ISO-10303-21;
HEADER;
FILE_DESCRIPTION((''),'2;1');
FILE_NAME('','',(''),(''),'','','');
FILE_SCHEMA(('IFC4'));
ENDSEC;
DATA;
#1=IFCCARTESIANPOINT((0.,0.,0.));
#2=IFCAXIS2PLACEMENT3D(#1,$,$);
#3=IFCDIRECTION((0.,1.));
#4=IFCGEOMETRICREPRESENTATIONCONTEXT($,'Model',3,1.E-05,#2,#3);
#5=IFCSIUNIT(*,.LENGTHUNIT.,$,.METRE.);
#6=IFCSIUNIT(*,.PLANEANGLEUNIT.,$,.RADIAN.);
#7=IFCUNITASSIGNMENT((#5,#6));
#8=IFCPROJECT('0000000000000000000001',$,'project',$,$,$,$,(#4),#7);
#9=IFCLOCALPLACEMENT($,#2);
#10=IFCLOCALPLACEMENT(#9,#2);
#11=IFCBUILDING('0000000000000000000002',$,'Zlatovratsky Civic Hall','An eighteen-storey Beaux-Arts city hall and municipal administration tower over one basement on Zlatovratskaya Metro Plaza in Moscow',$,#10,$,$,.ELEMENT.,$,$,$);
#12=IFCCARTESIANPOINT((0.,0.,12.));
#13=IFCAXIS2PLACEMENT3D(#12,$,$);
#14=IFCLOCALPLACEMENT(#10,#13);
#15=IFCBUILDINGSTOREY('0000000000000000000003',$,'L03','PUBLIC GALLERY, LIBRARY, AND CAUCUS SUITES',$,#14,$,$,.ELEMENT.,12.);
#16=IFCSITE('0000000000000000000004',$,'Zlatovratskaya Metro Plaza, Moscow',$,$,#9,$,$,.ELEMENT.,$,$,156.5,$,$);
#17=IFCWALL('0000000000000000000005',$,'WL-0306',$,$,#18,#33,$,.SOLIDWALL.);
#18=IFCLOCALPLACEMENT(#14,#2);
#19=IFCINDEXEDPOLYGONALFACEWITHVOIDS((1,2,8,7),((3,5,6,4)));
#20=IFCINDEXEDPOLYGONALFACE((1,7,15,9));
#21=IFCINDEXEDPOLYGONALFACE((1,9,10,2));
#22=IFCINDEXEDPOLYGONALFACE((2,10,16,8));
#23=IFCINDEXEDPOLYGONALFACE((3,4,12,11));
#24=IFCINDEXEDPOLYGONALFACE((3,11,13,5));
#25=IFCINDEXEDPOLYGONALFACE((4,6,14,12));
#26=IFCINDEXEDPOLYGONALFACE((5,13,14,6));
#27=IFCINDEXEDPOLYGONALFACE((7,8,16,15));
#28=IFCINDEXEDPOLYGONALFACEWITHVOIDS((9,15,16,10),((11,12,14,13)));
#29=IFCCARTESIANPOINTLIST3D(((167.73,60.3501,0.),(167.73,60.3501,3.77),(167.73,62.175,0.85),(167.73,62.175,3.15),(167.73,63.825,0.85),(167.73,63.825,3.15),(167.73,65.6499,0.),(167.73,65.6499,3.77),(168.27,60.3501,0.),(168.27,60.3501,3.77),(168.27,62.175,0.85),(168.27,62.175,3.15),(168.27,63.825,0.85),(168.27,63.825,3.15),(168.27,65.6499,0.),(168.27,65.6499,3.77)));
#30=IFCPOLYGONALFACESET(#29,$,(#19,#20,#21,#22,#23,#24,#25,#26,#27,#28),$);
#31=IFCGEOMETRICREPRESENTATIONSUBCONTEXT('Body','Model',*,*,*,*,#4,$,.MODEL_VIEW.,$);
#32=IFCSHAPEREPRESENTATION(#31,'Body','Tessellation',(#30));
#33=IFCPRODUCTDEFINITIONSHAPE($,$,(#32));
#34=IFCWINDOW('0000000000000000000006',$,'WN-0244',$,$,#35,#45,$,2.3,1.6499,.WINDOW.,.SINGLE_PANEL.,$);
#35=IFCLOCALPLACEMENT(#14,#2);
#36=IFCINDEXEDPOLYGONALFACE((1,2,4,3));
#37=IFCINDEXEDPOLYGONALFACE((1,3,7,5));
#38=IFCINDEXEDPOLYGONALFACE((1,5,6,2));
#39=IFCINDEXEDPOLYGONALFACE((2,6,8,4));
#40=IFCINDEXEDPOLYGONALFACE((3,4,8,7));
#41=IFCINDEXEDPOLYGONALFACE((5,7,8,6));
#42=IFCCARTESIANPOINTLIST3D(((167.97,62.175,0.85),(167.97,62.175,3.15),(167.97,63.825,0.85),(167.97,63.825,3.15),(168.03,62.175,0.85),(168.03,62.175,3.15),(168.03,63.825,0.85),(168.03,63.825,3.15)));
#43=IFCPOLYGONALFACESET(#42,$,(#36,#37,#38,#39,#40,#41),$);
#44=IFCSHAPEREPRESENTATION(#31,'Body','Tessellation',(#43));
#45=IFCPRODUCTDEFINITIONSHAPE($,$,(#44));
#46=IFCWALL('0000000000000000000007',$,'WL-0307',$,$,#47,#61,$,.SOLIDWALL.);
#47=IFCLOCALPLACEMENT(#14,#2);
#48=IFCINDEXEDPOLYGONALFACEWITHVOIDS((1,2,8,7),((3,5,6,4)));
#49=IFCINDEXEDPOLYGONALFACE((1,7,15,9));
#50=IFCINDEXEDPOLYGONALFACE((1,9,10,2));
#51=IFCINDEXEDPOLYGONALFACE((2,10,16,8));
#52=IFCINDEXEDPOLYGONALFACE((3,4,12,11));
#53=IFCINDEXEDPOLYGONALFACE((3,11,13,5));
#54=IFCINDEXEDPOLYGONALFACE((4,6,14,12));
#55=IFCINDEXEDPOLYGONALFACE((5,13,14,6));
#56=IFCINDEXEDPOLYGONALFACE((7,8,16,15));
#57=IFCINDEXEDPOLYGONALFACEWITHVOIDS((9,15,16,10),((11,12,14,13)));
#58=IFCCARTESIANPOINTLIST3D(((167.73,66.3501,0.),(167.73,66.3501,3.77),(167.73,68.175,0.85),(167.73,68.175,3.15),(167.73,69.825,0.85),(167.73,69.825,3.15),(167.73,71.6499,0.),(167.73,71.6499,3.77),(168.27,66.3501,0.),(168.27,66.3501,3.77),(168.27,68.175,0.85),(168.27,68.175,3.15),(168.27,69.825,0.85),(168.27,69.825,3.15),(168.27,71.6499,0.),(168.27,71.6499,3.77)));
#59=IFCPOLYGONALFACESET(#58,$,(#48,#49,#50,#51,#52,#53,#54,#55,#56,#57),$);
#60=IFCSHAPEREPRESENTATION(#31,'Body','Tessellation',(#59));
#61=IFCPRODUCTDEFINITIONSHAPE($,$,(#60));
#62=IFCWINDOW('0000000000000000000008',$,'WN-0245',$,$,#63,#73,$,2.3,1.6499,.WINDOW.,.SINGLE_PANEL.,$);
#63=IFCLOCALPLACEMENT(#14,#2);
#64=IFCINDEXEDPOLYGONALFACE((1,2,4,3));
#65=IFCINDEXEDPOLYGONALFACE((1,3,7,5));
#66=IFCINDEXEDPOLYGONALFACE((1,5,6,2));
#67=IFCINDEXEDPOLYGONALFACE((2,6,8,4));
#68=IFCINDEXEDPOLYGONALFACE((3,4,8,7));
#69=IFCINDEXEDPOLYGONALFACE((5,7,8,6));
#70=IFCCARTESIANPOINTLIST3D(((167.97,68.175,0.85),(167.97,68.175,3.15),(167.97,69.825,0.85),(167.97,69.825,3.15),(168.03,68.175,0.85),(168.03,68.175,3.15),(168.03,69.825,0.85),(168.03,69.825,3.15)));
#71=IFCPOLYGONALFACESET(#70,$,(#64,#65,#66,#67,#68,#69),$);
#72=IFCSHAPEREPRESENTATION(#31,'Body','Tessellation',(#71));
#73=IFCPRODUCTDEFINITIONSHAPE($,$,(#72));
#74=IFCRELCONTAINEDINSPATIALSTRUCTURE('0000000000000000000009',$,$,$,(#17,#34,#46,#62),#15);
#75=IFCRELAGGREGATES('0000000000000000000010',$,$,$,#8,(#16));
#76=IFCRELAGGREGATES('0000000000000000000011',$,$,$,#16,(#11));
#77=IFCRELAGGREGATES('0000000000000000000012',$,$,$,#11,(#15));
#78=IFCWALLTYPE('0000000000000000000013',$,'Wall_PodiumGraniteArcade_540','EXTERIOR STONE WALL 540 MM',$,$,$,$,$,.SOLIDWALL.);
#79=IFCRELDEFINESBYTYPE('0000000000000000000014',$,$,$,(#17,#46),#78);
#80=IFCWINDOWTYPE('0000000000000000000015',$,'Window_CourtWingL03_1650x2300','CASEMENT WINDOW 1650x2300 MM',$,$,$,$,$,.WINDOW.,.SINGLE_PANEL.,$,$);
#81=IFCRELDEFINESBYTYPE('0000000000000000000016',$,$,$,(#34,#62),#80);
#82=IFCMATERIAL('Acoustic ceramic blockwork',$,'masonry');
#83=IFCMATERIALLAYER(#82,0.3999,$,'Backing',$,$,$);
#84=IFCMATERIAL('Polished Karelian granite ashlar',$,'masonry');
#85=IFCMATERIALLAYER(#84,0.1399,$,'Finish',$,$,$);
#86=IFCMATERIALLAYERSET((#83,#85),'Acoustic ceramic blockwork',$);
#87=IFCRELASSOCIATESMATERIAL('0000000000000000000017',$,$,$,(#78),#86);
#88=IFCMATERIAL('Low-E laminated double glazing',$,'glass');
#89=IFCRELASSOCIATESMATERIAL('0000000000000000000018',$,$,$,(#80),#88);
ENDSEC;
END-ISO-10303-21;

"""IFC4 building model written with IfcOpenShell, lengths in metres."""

from ifc_helpers import new_model, si_unit, direction, frame, frame_2d, origin, place, context, subcontext, project, spatial, rectangle, extrude, material, layer, layer_set, type_object, element, fill, save


model = new_model("IFC4")

# Units and contexts
model_context = context("Model", 3, precision=1e-05, world=origin(), true_north=direction((0.0, 1.0)))
body_context = subcontext(model_context, "Body", "Model", "MODEL_VIEW")
ifc_project = project(units=[si_unit("LENGTHUNIT", "METRE"), si_unit("PLANEANGLEUNIT", "RADIAN")], contexts=[model_context])

# Site, building, storey
site_placement = place(None, origin())
site = spatial("IfcSite", under=ifc_project, at=site_placement, Name="Zlatovratskaya Metro Plaza, Moscow", CompositionType="ELEMENT", RefElevation=156.5)
building_placement = place(site_placement, origin())
building = spatial("IfcBuilding", under=site, at=building_placement, Name="Zlatovratsky Civic Hall", Description="An eighteen-storey Beaux-Arts city hall and municipal administration tower over one basement on Zlatovratskaya Metro Plaza in Moscow", CompositionType="ELEMENT")
storey_placement = place(building_placement, frame((0.0, 0.0, 12.0)))
storey = spatial("IfcBuildingStorey", under=building, at=storey_placement, Name="L03", Description="PUBLIC GALLERY, LIBRARY, AND CAUCUS SUITES", CompositionType="ELEMENT", Elevation=12.0)

# Walls, openings, windows
ifc_material_1 = material(Name="Acoustic ceramic blockwork", Category="masonry")
ifc_layer_1 = layer(ifc_material_1, 0.3999, Name="Backing")
ifc_material_2 = material(Name="Polished Karelian granite ashlar", Category="masonry")
ifc_layer_2 = layer(ifc_material_2, 0.1399, Name="Finish")
ifc_layer_set = layer_set([ifc_layer_1, ifc_layer_2], Name="Acoustic ceramic blockwork")
wall_type = type_object("IfcWallType", Name="Wall_PodiumGraniteArcade_540", Description="EXTERIOR STONE WALL 540 MM", PredefinedType="SOLIDWALL", material=ifc_layer_set)
wall_1_placement = place(storey_placement, frame((168.0, 60.3501, 0.0), z_axis=(0.0, 0.0, 1.0), x_axis=(0.0, 1.0, 0.0)))
wall_1 = element("IfcWall", 1, at=wall_1_placement, inside=storey, type_object=wall_type, Name="WL-0306", PredefinedType="SOLIDWALL", context=body_context, shape_type="SweptSolid", body=[
    extrude(rectangle(XDim=5.2998, YDim=0.54, at=frame_2d((2.6499, 0.0))), origin(), (0.0, 0.0, 1.0), 3.77),
])
opening_1_placement = place(wall_1_placement, frame((1.825, 0.0, 0.8501)))
opening_1 = element("IfcOpeningElement", 2, at=opening_1_placement, cuts=wall_1, PredefinedType="OPENING", context=body_context, shape_type="SweptSolid", body=[
    extrude(rectangle(XDim=1.6499, YDim=2.3, at=frame_2d((0.825, 1.1499))), frame((0.0, 0.2849, 0.0), z_axis=(0.0, -1.0, 0.0), x_axis=(1.0, 0.0, 0.0)), (0.0, 0.0, 1.0), 0.5698),
])
ifc_material_3 = material(Name="Low-E laminated double glazing", Category="glass")
window_type = type_object("IfcWindowType", Name="Window_CourtWingL03_1650x2300", Description="CASEMENT WINDOW 1650x2300 MM", PartitioningType="SINGLE_PANEL", PredefinedType="WINDOW", material=ifc_material_3)
window_1_placement = place(opening_1_placement, origin())
window_1 = element("IfcWindow", 3, at=window_1_placement, inside=storey, type_object=window_type, Name="WN-0244", OverallHeight=2.3, OverallWidth=1.6499, PartitioningType="SINGLE_PANEL", PredefinedType="WINDOW", context=body_context, shape_type="SweptSolid", body=[
    extrude(rectangle(XDim=1.6499, YDim=2.3, at=frame_2d((0.825, 1.1499))), frame((0.0, 0.03, 0.0), z_axis=(0.0, -1.0, 0.0), x_axis=(1.0, 0.0, 0.0)), (0.0, 0.0, 1.0), 0.0601),
])
fill(opening_1, window_1)
wall_2_placement = place(storey_placement, frame((168.0, 66.3501, 0.0), z_axis=(0.0, 0.0, 1.0), x_axis=(0.0, 1.0, 0.0)))
wall_2 = element("IfcWall", 4, at=wall_2_placement, inside=storey, type_object=wall_type, Name="WL-0307", PredefinedType="SOLIDWALL", context=body_context, shape_type="SweptSolid", body=[
    extrude(rectangle(XDim=5.2998, YDim=0.54, at=frame_2d((2.6499, 0.0))), origin(), (0.0, 0.0, 1.0), 3.77),
])
opening_2_placement = place(wall_2_placement, frame((1.825, 0.0, 0.8501)))
opening_2 = element("IfcOpeningElement", 5, at=opening_2_placement, cuts=wall_2, PredefinedType="OPENING", context=body_context, shape_type="SweptSolid", body=[
    extrude(rectangle(XDim=1.6499, YDim=2.3, at=frame_2d((0.825, 1.1499))), frame((0.0, 0.2849, 0.0), z_axis=(0.0, -1.0, 0.0), x_axis=(1.0, 0.0, 0.0)), (0.0, 0.0, 1.0), 0.5698),
])
window_2_placement = place(opening_2_placement, origin())
window_2 = element("IfcWindow", 6, at=window_2_placement, inside=storey, type_object=window_type, Name="WN-0245", OverallHeight=2.3, OverallWidth=1.6499, PartitioningType="SINGLE_PANEL", PredefinedType="WINDOW", context=body_context, shape_type="SweptSolid", body=[
    extrude(rectangle(XDim=1.6499, YDim=2.3, at=frame_2d((0.825, 1.1499))), frame((0.0, 0.03, 0.0), z_axis=(0.0, -1.0, 0.0), x_axis=(1.0, 0.0, 0.0)), (0.0, 0.0, 1.0), 0.0601),
])
fill(opening_2, window_2)

save(model, "model.ifc")
